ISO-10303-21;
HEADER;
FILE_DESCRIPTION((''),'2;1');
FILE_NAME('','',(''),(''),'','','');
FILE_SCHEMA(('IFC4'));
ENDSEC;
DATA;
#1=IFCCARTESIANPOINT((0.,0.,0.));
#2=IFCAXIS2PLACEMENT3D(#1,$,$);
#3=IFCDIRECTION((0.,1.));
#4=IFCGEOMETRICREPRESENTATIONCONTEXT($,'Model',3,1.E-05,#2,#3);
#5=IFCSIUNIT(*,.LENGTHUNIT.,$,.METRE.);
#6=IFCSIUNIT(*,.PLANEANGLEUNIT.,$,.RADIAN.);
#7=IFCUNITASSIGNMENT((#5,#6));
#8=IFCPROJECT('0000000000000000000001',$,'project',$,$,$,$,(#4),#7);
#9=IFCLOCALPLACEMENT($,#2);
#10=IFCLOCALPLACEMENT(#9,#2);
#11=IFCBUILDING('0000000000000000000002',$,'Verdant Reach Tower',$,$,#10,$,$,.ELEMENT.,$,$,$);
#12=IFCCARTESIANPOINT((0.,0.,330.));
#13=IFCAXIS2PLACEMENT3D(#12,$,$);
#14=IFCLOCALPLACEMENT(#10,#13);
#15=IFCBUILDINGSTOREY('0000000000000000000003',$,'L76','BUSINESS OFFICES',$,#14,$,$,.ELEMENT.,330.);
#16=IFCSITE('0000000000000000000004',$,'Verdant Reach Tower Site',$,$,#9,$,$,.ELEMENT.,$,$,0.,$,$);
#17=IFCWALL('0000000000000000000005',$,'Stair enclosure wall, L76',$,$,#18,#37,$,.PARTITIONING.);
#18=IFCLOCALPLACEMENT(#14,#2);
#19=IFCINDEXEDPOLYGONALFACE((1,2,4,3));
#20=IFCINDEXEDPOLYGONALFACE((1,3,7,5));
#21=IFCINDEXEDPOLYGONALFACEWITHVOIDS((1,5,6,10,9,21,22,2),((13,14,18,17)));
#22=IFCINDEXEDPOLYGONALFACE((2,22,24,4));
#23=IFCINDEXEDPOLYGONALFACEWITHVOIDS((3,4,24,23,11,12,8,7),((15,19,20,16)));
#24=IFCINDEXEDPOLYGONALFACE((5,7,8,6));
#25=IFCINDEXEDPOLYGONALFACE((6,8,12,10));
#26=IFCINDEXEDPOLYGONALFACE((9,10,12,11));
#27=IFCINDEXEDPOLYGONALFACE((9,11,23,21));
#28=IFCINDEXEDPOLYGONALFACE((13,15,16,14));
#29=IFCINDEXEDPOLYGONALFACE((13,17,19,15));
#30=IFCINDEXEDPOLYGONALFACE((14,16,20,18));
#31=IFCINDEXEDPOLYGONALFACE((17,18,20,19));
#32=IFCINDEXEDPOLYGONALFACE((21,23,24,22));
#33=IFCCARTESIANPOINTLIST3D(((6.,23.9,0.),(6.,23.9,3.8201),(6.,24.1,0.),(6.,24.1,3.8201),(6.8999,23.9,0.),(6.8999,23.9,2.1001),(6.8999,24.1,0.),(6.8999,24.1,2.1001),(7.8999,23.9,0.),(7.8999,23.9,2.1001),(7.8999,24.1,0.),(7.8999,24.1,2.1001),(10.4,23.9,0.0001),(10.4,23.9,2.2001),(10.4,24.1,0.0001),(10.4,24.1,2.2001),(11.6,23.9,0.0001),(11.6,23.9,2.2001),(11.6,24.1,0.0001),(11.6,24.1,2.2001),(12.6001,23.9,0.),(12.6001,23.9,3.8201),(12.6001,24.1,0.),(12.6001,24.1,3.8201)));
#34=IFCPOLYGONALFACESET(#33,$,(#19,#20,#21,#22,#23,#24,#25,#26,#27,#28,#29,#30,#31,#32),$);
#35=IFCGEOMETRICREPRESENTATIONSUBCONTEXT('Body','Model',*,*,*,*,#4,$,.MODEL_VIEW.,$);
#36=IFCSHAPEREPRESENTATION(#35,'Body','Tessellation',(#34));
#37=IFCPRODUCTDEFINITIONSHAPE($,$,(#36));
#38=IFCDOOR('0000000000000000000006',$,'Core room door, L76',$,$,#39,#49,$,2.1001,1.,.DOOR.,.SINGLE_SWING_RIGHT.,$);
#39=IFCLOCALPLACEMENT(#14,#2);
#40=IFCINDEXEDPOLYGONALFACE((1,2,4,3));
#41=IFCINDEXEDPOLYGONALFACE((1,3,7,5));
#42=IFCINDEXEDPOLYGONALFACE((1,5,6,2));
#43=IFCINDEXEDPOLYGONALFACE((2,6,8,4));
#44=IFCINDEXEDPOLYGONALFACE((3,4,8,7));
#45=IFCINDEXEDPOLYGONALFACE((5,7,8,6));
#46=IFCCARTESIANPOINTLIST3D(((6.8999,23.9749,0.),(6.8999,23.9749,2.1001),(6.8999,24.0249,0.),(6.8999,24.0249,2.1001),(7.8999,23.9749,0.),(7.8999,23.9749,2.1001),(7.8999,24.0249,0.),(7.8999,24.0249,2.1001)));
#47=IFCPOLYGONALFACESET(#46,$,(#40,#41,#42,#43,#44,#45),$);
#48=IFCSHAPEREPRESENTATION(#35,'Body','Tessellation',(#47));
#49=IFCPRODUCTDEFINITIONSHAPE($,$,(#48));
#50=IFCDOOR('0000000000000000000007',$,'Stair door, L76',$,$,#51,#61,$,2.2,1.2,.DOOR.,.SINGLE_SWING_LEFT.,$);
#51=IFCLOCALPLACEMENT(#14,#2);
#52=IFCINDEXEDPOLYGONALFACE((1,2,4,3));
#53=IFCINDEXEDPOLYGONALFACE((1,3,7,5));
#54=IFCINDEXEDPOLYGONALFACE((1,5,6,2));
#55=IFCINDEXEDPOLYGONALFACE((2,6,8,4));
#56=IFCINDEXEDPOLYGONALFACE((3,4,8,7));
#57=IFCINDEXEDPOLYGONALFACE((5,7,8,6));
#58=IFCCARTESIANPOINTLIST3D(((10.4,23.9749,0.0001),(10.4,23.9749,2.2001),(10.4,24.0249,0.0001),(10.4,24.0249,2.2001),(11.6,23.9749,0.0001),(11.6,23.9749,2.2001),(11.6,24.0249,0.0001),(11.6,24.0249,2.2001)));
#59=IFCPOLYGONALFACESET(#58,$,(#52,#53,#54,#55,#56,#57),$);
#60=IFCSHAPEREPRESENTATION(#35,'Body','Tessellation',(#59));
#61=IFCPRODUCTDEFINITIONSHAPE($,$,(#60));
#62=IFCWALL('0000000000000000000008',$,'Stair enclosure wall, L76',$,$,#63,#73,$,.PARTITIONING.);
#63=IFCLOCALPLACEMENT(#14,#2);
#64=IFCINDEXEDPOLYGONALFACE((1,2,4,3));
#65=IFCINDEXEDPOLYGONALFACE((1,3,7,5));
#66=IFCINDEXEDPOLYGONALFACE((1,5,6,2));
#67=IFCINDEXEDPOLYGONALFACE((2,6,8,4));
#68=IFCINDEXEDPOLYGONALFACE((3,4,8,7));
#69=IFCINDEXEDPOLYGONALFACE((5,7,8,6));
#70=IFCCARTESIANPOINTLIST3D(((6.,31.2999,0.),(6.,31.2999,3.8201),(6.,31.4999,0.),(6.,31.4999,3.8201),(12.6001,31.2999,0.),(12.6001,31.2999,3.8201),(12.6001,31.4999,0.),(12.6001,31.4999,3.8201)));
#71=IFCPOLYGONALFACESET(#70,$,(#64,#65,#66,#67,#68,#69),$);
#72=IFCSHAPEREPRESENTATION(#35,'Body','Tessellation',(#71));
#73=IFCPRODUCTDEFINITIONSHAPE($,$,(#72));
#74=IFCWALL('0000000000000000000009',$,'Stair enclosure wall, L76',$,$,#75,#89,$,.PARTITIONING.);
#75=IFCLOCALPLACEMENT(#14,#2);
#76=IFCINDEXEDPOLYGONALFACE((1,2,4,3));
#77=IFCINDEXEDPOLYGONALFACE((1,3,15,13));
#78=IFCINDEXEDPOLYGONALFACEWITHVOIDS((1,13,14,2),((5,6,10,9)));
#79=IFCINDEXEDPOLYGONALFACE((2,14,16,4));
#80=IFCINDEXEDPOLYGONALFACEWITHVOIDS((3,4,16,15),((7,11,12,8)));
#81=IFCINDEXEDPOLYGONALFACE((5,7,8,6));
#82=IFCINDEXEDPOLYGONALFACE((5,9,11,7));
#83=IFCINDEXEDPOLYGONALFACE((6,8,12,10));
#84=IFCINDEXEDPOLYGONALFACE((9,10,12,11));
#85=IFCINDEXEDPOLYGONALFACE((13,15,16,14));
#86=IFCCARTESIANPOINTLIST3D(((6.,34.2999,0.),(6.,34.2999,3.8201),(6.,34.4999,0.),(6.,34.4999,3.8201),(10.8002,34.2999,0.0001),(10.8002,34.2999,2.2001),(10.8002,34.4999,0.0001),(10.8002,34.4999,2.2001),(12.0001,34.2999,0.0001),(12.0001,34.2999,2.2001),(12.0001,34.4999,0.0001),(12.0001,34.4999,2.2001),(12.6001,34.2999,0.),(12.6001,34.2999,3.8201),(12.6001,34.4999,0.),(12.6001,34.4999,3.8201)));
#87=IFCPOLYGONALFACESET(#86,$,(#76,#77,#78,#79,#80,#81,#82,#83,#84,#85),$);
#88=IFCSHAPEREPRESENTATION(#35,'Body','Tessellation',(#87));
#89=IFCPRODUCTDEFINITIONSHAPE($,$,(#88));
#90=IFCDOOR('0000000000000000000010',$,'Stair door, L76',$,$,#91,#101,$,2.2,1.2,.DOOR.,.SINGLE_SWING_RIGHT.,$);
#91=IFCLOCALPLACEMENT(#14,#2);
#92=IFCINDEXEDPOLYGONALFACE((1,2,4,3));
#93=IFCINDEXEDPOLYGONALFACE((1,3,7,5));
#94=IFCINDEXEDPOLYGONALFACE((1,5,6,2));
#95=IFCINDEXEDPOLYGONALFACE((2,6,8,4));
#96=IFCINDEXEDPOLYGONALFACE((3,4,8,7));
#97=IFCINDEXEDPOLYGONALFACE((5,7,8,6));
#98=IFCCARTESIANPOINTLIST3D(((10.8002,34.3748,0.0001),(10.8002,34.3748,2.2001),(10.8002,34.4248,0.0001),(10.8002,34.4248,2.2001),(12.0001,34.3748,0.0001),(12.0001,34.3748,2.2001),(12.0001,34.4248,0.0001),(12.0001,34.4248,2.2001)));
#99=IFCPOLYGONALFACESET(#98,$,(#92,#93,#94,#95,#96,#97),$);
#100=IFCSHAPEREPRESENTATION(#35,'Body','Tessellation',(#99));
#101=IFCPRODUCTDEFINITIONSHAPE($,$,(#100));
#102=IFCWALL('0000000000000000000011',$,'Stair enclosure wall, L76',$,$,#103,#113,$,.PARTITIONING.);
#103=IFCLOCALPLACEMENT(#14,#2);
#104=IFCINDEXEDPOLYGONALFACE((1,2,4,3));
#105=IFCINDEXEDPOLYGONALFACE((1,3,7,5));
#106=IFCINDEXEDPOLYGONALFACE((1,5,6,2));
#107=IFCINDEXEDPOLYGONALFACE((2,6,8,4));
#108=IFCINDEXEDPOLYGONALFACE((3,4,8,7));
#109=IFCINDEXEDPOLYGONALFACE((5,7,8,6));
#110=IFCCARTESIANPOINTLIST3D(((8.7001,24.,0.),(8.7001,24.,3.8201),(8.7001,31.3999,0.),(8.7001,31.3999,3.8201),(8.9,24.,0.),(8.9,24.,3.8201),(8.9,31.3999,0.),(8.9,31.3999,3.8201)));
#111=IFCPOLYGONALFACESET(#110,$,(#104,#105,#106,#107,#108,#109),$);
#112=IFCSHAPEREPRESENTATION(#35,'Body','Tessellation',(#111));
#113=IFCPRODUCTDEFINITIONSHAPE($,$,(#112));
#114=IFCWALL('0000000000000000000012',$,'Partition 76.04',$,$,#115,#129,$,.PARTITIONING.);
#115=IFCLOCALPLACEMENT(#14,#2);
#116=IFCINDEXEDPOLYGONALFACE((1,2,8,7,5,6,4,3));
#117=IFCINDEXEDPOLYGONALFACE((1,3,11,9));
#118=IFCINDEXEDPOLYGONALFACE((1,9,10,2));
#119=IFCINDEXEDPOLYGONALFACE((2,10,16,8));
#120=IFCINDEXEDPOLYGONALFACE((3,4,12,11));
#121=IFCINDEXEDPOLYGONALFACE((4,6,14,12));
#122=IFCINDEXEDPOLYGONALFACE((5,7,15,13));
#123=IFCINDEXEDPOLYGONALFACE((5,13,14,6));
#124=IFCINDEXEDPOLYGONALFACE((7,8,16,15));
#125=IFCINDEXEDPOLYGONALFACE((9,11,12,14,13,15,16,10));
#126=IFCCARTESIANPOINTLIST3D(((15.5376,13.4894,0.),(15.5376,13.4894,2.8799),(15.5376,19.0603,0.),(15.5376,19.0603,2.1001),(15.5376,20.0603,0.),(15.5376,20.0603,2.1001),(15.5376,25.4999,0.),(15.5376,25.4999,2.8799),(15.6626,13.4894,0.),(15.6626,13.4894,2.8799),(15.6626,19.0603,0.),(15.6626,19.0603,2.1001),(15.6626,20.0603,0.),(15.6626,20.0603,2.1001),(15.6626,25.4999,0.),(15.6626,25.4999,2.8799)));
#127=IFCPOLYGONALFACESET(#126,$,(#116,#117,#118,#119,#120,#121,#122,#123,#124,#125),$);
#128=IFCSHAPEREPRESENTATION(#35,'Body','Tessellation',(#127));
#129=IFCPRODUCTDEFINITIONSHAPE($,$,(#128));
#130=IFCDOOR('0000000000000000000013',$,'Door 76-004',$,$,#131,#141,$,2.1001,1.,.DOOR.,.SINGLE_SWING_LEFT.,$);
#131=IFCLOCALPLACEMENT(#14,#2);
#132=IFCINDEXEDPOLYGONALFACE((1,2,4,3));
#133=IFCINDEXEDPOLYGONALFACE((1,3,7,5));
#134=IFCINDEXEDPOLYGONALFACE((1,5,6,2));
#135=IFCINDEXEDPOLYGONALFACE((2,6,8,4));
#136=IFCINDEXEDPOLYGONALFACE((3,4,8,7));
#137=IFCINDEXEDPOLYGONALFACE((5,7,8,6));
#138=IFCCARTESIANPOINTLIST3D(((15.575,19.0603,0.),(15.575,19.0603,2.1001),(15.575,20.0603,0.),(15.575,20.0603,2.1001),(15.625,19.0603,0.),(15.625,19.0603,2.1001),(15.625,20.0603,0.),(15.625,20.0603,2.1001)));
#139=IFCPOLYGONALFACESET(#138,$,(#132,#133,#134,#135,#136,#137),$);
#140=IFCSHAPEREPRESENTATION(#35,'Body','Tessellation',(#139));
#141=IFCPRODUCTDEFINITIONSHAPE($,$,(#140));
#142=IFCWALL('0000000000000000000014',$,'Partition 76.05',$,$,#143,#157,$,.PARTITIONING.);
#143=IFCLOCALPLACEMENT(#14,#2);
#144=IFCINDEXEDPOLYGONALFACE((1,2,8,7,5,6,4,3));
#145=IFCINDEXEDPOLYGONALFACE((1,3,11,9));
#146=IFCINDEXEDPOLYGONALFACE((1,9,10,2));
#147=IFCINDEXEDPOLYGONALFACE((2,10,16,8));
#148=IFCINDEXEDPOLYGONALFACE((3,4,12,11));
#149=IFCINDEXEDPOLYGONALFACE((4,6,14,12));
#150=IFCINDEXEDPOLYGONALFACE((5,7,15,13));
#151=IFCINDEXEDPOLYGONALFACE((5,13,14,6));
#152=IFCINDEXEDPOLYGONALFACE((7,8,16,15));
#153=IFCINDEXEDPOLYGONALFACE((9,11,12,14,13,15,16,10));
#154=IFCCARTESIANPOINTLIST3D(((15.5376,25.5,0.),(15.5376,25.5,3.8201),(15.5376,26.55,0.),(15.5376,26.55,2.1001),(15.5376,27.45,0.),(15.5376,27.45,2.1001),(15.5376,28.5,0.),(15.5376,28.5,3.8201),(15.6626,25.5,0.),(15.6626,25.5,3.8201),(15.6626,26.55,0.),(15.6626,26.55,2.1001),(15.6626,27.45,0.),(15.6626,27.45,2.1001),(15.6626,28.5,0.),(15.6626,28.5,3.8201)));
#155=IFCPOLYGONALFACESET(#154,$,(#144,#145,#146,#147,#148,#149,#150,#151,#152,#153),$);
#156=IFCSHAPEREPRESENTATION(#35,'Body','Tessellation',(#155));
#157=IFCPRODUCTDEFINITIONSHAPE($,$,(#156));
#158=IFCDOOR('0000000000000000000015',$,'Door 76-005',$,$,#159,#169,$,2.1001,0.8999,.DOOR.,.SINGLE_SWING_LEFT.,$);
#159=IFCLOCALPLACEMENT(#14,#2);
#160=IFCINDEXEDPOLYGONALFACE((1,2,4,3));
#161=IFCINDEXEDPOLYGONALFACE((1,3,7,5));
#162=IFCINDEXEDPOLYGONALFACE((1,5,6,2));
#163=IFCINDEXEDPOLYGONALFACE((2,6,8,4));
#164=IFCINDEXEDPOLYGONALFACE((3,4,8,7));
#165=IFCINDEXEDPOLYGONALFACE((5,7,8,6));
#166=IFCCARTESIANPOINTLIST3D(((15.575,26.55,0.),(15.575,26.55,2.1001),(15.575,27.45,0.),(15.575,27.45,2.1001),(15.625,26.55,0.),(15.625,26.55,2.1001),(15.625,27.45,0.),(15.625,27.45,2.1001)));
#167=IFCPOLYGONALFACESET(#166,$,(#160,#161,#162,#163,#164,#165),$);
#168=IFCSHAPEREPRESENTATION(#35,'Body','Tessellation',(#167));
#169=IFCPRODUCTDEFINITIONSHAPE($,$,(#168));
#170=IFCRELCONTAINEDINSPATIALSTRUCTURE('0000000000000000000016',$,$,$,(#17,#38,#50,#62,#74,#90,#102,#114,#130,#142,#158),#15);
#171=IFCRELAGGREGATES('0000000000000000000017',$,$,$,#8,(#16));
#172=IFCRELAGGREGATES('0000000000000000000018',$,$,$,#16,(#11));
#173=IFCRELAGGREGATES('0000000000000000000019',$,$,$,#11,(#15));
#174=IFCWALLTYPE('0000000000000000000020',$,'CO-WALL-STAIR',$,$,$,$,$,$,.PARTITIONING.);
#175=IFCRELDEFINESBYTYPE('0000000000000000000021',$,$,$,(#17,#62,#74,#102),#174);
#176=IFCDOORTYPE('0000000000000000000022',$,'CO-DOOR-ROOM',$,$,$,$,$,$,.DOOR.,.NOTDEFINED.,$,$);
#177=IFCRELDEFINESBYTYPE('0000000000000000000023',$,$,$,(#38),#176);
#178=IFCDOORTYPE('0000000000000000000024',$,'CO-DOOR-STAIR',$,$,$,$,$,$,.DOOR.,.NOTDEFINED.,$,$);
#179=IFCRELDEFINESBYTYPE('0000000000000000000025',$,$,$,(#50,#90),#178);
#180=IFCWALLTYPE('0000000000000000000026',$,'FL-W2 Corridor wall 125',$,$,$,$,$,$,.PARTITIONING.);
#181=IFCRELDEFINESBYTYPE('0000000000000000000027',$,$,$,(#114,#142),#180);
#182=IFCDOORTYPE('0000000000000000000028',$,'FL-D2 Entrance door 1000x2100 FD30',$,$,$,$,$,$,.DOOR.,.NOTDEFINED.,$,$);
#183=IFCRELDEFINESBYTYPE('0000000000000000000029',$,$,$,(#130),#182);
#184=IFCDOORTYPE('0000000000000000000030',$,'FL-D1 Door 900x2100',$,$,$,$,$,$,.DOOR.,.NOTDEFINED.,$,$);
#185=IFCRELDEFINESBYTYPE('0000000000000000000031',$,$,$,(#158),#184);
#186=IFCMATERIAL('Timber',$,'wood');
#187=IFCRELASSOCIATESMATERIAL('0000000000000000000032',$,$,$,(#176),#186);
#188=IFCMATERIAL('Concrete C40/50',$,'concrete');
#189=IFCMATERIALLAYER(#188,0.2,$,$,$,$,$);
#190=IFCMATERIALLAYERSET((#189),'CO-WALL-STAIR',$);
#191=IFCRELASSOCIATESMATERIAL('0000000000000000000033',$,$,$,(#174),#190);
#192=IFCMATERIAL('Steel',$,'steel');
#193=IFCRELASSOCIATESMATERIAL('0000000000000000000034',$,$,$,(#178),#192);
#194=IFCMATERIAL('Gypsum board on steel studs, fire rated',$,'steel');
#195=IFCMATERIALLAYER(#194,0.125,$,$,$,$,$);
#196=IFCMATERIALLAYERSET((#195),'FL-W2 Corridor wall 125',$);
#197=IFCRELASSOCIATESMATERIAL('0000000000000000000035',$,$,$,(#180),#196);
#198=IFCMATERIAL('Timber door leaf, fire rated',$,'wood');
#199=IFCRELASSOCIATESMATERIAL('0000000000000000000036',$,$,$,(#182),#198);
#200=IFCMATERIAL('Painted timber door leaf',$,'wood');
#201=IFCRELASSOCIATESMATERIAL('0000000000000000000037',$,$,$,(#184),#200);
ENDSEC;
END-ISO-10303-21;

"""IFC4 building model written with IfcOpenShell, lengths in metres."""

from ifc_helpers import new_model, si_unit, direction, frame, frame_2d, origin, place, context, subcontext, project, spatial, rectangle, extrude, material, layer, layer_set, type_object, element, fill, save


model = new_model("IFC4")

# Units and contexts
model_context = context("Model", 3, precision=1e-05, world=origin(), true_north=direction((0.0, 1.0)))
body_context = subcontext(model_context, "Body", "Model", "MODEL_VIEW")
ifc_project = project(units=[si_unit("LENGTHUNIT", "METRE"), si_unit("PLANEANGLEUNIT", "RADIAN")], contexts=[model_context])

# Site, building, storey
site_placement = place(None, origin())
site = spatial("IfcSite", under=ifc_project, at=site_placement, Name="Verdant Reach Tower Site", CompositionType="ELEMENT", RefElevation=0.0)
building_placement = place(site_placement, origin())
building = spatial("IfcBuilding", under=site, at=building_placement, Name="Verdant Reach Tower", CompositionType="ELEMENT")
storey_placement = place(building_placement, frame((0.0, 0.0, 330.0)))
storey = spatial("IfcBuildingStorey", under=building, at=storey_placement, Name="L76", Description="BUSINESS OFFICES", CompositionType="ELEMENT", Elevation=330.0)

# Shared definitions
ifc_material_1 = material(Name="Timber", Category="wood")
door_type_1 = type_object("IfcDoorType", Name="CO-DOOR-ROOM", OperationType="NOTDEFINED", PredefinedType="DOOR", material=ifc_material_1)

# Shared definitions
ifc_material_2 = material(Name="Concrete C40/50", Category="concrete")

# Wall, openings, doors
ifc_layer_1 = layer(ifc_material_2, 0.2)
ifc_layer_set_1 = layer_set([ifc_layer_1], Name="CO-WALL-STAIR")
wall_type_1 = type_object("IfcWallType", Name="CO-WALL-STAIR", PredefinedType="PARTITIONING", material=ifc_layer_set_1)
wall_1_placement = place(storey_placement, frame((6.0, 24.0, 0.0), z_axis=(0.0, 0.0, 1.0), x_axis=(1.0, 0.0, 0.0)))
wall_1 = element("IfcWall", 1, at=wall_1_placement, inside=storey, type_object=wall_type_1, Name="Stair enclosure wall, L76", PredefinedType="PARTITIONING", context=body_context, shape_type="SweptSolid", body=[
    extrude(rectangle(XDim=6.6001, YDim=0.2, at=frame_2d((3.3, 0.0))), origin(), (0.0, 0.0, 1.0), 3.8201),
])
opening_1_placement = place(wall_1_placement, frame((0.8999, 0.0, 0.0)))
opening_1 = element("IfcOpeningElement", 2, at=opening_1_placement, cuts=wall_1, PredefinedType="OPENING", context=body_context, shape_type="SweptSolid", body=[
    extrude(rectangle(XDim=1.0, YDim=2.1001, at=frame_2d((0.5, 1.05))), frame((0.0, 0.1099, 0.0), z_axis=(0.0, -1.0, 0.0), x_axis=(1.0, 0.0, 0.0)), (0.0, 0.0, 1.0), 0.22),
])
opening_2_placement = place(wall_1_placement, frame((4.3999, 0.0, 0.0)))
opening_2 = element("IfcOpeningElement", 3, at=opening_2_placement, cuts=wall_1, PredefinedType="OPENING", context=body_context, shape_type="SweptSolid", body=[
    extrude(rectangle(XDim=1.2, YDim=2.2, at=frame_2d((0.6001, 1.1001))), frame((0.0, 0.1099, 0.0), z_axis=(0.0, -1.0, 0.0), x_axis=(1.0, 0.0, 0.0)), (0.0, 0.0, 1.0), 0.22),
])
door_1_placement = place(opening_1_placement, origin())
door_1 = element("IfcDoor", 4, at=door_1_placement, inside=storey, type_object=door_type_1, Name="Core room door, L76", OperationType="SINGLE_SWING_RIGHT", OverallHeight=2.1001, OverallWidth=1.0, PredefinedType="DOOR", context=body_context, shape_type="SweptSolid", body=[
    extrude(rectangle(XDim=1.0, YDim=2.1001, at=frame_2d((0.5, 1.05))), frame((0.0, 0.0249, 0.0), z_axis=(0.0, -1.0, 0.0), x_axis=(1.0, 0.0, 0.0)), (0.0, 0.0, 1.0), 0.05),
])
fill(opening_1, door_1)
ifc_material_3 = material(Name="Steel", Category="steel")
door_type_2 = type_object("IfcDoorType", Name="CO-DOOR-STAIR", OperationType="NOTDEFINED", PredefinedType="DOOR", material=ifc_material_3)
door_2_placement = place(opening_2_placement, origin())
door_2 = element("IfcDoor", 5, at=door_2_placement, inside=storey, type_object=door_type_2, Name="Stair door, L76", OperationType="SINGLE_SWING_LEFT", OverallHeight=2.2, OverallWidth=1.2, PredefinedType="DOOR", context=body_context, shape_type="SweptSolid", body=[
    extrude(rectangle(XDim=1.2, YDim=2.2, at=frame_2d((0.6001, 1.1001))), frame((0.0, 0.0249, 0.0), z_axis=(0.0, -1.0, 0.0), x_axis=(1.0, 0.0, 0.0)), (0.0, 0.0, 1.0), 0.05),
])
fill(opening_2, door_2)

# Wall
wall_2_placement = place(storey_placement, frame((6.0, 31.3999, 0.0), z_axis=(0.0, 0.0, 1.0), x_axis=(1.0, 0.0, 0.0)))
element("IfcWall", 6, at=wall_2_placement, inside=storey, type_object=wall_type_1, Name="Stair enclosure wall, L76", PredefinedType="PARTITIONING", context=body_context, shape_type="SweptSolid", body=[
    extrude(rectangle(XDim=6.6001, YDim=0.2, at=frame_2d((3.3, 0.0))), origin(), (0.0, 0.0, 1.0), 3.8201),
])

# Wall, opening, door
wall_3_placement = place(storey_placement, frame((6.0, 34.3999, 0.0), z_axis=(0.0, 0.0, 1.0), x_axis=(1.0, 0.0, 0.0)))
wall_3 = element("IfcWall", 7, at=wall_3_placement, inside=storey, type_object=wall_type_1, Name="Stair enclosure wall, L76", PredefinedType="PARTITIONING", context=body_context, shape_type="SweptSolid", body=[
    extrude(rectangle(XDim=6.6001, YDim=0.2, at=frame_2d((3.3, 0.0))), origin(), (0.0, 0.0, 1.0), 3.8201),
])
opening_3_placement = place(wall_3_placement, frame((4.8, 0.0, 0.0)))
opening_3 = element("IfcOpeningElement", 8, at=opening_3_placement, cuts=wall_3, PredefinedType="OPENING", context=body_context, shape_type="SweptSolid", body=[
    extrude(rectangle(XDim=1.2, YDim=2.2, at=frame_2d((0.6001, 1.1001))), frame((0.0, 0.1099, 0.0), z_axis=(0.0, -1.0, 0.0), x_axis=(1.0, 0.0, 0.0)), (0.0, 0.0, 1.0), 0.22),
])
door_3_placement = place(opening_3_placement, origin())
door_3 = element("IfcDoor", 9, at=door_3_placement, inside=storey, type_object=door_type_2, Name="Stair door, L76", OperationType="SINGLE_SWING_RIGHT", OverallHeight=2.2, OverallWidth=1.2, PredefinedType="DOOR", context=body_context, shape_type="SweptSolid", body=[
    extrude(rectangle(XDim=1.2, YDim=2.2, at=frame_2d((0.6001, 1.1001))), frame((0.0, 0.0249, 0.0), z_axis=(0.0, -1.0, 0.0), x_axis=(1.0, 0.0, 0.0)), (0.0, 0.0, 1.0), 0.05),
])
fill(opening_3, door_3)

# Wall
wall_4_placement = place(storey_placement, frame((8.8, 24.0, 0.0), z_axis=(0.0, 0.0, 1.0), x_axis=(0.0, 1.0, 0.0)))
element("IfcWall", 10, at=wall_4_placement, inside=storey, type_object=wall_type_1, Name="Stair enclosure wall, L76", PredefinedType="PARTITIONING", context=body_context, shape_type="SweptSolid", body=[
    extrude(rectangle(XDim=7.3999, YDim=0.2, at=frame_2d((3.7, 0.0))), origin(), (0.0, 0.0, 1.0), 3.8201),
])

# Walls, openings, doors
ifc_material_4 = material(Name="Gypsum board on steel studs, fire rated", Category="steel")
ifc_layer_2 = layer(ifc_material_4, 0.125)
ifc_layer_set_2 = layer_set([ifc_layer_2], Name="FL-W2 Corridor wall 125")
wall_type_2 = type_object("IfcWallType", Name="FL-W2 Corridor wall 125", PredefinedType="PARTITIONING", material=ifc_layer_set_2)
wall_5_placement = place(storey_placement, frame((15.6001, 25.5, 0.0), z_axis=(0.0, 0.0, 1.0), x_axis=(0.0, -1.0, 0.0)))
wall_5 = element("IfcWall", 11, at=wall_5_placement, inside=storey, type_object=wall_type_2, Name="Partition 76.04", PredefinedType="PARTITIONING", context=body_context, shape_type="SweptSolid", body=[
    extrude(rectangle(XDim=12.0105, YDim=0.125, at=frame_2d((6.0054, 0.0))), origin(), (0.0, 0.0, 1.0), 2.8799),
])
opening_4_placement = place(wall_5_placement, frame((5.4397, 0.0, 0.0)))
opening_4 = element("IfcOpeningElement", 12, at=opening_4_placement, cuts=wall_5, PredefinedType="OPENING", context=body_context, shape_type="SweptSolid", body=[
    extrude(rectangle(XDim=1.0, YDim=2.1001, at=frame_2d((0.5, 1.05))), frame((0.0, 0.0725, 0.0), z_axis=(0.0, -1.0, 0.0), x_axis=(1.0, 0.0, 0.0)), (0.0, 0.0, 1.0), 0.145),
])
ifc_material_5 = material(Name="Timber door leaf, fire rated", Category="wood")
door_type_3 = type_object("IfcDoorType", Name="FL-D2 Entrance door 1000x2100 FD30", OperationType="NOTDEFINED", PredefinedType="DOOR", material=ifc_material_5)
door_4_placement = place(opening_4_placement, origin())
door_4 = element("IfcDoor", 13, at=door_4_placement, inside=storey, type_object=door_type_3, Name="Door 76-004", OperationType="SINGLE_SWING_LEFT", OverallHeight=2.1001, OverallWidth=1.0, PredefinedType="DOOR", context=body_context, shape_type="SweptSolid", body=[
    extrude(rectangle(XDim=1.0, YDim=2.1001, at=frame_2d((0.5, 1.05))), frame((0.0, 0.0249, 0.0), z_axis=(0.0, -1.0, 0.0), x_axis=(1.0, 0.0, 0.0)), (0.0, 0.0, 1.0), 0.05),
])
fill(opening_4, door_4)
wall_6_placement = place(storey_placement, frame((15.6001, 28.5, 0.0), z_axis=(0.0, 0.0, 1.0), x_axis=(0.0, -1.0, 0.0)))
wall_6 = element("IfcWall", 14, at=wall_6_placement, inside=storey, type_object=wall_type_2, Name="Partition 76.05", PredefinedType="PARTITIONING", context=body_context, shape_type="SweptSolid", body=[
    extrude(rectangle(XDim=3.0, YDim=0.125, at=frame_2d((1.5, 0.0))), origin(), (0.0, 0.0, 1.0), 3.8201),
])
opening_5_placement = place(wall_6_placement, frame((1.05, 0.0, 0.0)))
opening_5 = element("IfcOpeningElement", 15, at=opening_5_placement, cuts=wall_6, PredefinedType="OPENING", context=body_context, shape_type="SweptSolid", body=[
    extrude(rectangle(XDim=0.8999, YDim=2.1001, at=frame_2d((0.45, 1.05))), frame((0.0, 0.0725, 0.0), z_axis=(0.0, -1.0, 0.0), x_axis=(1.0, 0.0, 0.0)), (0.0, 0.0, 1.0), 0.145),
])
ifc_material_6 = material(Name="Painted timber door leaf", Category="wood")
door_type_4 = type_object("IfcDoorType", Name="FL-D1 Door 900x2100", OperationType="NOTDEFINED", PredefinedType="DOOR", material=ifc_material_6)
door_5_placement = place(opening_5_placement, origin())
door_5 = element("IfcDoor", 16, at=door_5_placement, inside=storey, type_object=door_type_4, Name="Door 76-005", OperationType="SINGLE_SWING_LEFT", OverallHeight=2.1001, OverallWidth=0.8999, PredefinedType="DOOR", context=body_context, shape_type="SweptSolid", body=[
    extrude(rectangle(XDim=0.8999, YDim=2.1001, at=frame_2d((0.45, 1.05))), frame((0.0, 0.0249, 0.0), z_axis=(0.0, -1.0, 0.0), x_axis=(1.0, 0.0, 0.0)), (0.0, 0.0, 1.0), 0.05),
])
fill(opening_5, door_5)

save(model, "model.ifc")
